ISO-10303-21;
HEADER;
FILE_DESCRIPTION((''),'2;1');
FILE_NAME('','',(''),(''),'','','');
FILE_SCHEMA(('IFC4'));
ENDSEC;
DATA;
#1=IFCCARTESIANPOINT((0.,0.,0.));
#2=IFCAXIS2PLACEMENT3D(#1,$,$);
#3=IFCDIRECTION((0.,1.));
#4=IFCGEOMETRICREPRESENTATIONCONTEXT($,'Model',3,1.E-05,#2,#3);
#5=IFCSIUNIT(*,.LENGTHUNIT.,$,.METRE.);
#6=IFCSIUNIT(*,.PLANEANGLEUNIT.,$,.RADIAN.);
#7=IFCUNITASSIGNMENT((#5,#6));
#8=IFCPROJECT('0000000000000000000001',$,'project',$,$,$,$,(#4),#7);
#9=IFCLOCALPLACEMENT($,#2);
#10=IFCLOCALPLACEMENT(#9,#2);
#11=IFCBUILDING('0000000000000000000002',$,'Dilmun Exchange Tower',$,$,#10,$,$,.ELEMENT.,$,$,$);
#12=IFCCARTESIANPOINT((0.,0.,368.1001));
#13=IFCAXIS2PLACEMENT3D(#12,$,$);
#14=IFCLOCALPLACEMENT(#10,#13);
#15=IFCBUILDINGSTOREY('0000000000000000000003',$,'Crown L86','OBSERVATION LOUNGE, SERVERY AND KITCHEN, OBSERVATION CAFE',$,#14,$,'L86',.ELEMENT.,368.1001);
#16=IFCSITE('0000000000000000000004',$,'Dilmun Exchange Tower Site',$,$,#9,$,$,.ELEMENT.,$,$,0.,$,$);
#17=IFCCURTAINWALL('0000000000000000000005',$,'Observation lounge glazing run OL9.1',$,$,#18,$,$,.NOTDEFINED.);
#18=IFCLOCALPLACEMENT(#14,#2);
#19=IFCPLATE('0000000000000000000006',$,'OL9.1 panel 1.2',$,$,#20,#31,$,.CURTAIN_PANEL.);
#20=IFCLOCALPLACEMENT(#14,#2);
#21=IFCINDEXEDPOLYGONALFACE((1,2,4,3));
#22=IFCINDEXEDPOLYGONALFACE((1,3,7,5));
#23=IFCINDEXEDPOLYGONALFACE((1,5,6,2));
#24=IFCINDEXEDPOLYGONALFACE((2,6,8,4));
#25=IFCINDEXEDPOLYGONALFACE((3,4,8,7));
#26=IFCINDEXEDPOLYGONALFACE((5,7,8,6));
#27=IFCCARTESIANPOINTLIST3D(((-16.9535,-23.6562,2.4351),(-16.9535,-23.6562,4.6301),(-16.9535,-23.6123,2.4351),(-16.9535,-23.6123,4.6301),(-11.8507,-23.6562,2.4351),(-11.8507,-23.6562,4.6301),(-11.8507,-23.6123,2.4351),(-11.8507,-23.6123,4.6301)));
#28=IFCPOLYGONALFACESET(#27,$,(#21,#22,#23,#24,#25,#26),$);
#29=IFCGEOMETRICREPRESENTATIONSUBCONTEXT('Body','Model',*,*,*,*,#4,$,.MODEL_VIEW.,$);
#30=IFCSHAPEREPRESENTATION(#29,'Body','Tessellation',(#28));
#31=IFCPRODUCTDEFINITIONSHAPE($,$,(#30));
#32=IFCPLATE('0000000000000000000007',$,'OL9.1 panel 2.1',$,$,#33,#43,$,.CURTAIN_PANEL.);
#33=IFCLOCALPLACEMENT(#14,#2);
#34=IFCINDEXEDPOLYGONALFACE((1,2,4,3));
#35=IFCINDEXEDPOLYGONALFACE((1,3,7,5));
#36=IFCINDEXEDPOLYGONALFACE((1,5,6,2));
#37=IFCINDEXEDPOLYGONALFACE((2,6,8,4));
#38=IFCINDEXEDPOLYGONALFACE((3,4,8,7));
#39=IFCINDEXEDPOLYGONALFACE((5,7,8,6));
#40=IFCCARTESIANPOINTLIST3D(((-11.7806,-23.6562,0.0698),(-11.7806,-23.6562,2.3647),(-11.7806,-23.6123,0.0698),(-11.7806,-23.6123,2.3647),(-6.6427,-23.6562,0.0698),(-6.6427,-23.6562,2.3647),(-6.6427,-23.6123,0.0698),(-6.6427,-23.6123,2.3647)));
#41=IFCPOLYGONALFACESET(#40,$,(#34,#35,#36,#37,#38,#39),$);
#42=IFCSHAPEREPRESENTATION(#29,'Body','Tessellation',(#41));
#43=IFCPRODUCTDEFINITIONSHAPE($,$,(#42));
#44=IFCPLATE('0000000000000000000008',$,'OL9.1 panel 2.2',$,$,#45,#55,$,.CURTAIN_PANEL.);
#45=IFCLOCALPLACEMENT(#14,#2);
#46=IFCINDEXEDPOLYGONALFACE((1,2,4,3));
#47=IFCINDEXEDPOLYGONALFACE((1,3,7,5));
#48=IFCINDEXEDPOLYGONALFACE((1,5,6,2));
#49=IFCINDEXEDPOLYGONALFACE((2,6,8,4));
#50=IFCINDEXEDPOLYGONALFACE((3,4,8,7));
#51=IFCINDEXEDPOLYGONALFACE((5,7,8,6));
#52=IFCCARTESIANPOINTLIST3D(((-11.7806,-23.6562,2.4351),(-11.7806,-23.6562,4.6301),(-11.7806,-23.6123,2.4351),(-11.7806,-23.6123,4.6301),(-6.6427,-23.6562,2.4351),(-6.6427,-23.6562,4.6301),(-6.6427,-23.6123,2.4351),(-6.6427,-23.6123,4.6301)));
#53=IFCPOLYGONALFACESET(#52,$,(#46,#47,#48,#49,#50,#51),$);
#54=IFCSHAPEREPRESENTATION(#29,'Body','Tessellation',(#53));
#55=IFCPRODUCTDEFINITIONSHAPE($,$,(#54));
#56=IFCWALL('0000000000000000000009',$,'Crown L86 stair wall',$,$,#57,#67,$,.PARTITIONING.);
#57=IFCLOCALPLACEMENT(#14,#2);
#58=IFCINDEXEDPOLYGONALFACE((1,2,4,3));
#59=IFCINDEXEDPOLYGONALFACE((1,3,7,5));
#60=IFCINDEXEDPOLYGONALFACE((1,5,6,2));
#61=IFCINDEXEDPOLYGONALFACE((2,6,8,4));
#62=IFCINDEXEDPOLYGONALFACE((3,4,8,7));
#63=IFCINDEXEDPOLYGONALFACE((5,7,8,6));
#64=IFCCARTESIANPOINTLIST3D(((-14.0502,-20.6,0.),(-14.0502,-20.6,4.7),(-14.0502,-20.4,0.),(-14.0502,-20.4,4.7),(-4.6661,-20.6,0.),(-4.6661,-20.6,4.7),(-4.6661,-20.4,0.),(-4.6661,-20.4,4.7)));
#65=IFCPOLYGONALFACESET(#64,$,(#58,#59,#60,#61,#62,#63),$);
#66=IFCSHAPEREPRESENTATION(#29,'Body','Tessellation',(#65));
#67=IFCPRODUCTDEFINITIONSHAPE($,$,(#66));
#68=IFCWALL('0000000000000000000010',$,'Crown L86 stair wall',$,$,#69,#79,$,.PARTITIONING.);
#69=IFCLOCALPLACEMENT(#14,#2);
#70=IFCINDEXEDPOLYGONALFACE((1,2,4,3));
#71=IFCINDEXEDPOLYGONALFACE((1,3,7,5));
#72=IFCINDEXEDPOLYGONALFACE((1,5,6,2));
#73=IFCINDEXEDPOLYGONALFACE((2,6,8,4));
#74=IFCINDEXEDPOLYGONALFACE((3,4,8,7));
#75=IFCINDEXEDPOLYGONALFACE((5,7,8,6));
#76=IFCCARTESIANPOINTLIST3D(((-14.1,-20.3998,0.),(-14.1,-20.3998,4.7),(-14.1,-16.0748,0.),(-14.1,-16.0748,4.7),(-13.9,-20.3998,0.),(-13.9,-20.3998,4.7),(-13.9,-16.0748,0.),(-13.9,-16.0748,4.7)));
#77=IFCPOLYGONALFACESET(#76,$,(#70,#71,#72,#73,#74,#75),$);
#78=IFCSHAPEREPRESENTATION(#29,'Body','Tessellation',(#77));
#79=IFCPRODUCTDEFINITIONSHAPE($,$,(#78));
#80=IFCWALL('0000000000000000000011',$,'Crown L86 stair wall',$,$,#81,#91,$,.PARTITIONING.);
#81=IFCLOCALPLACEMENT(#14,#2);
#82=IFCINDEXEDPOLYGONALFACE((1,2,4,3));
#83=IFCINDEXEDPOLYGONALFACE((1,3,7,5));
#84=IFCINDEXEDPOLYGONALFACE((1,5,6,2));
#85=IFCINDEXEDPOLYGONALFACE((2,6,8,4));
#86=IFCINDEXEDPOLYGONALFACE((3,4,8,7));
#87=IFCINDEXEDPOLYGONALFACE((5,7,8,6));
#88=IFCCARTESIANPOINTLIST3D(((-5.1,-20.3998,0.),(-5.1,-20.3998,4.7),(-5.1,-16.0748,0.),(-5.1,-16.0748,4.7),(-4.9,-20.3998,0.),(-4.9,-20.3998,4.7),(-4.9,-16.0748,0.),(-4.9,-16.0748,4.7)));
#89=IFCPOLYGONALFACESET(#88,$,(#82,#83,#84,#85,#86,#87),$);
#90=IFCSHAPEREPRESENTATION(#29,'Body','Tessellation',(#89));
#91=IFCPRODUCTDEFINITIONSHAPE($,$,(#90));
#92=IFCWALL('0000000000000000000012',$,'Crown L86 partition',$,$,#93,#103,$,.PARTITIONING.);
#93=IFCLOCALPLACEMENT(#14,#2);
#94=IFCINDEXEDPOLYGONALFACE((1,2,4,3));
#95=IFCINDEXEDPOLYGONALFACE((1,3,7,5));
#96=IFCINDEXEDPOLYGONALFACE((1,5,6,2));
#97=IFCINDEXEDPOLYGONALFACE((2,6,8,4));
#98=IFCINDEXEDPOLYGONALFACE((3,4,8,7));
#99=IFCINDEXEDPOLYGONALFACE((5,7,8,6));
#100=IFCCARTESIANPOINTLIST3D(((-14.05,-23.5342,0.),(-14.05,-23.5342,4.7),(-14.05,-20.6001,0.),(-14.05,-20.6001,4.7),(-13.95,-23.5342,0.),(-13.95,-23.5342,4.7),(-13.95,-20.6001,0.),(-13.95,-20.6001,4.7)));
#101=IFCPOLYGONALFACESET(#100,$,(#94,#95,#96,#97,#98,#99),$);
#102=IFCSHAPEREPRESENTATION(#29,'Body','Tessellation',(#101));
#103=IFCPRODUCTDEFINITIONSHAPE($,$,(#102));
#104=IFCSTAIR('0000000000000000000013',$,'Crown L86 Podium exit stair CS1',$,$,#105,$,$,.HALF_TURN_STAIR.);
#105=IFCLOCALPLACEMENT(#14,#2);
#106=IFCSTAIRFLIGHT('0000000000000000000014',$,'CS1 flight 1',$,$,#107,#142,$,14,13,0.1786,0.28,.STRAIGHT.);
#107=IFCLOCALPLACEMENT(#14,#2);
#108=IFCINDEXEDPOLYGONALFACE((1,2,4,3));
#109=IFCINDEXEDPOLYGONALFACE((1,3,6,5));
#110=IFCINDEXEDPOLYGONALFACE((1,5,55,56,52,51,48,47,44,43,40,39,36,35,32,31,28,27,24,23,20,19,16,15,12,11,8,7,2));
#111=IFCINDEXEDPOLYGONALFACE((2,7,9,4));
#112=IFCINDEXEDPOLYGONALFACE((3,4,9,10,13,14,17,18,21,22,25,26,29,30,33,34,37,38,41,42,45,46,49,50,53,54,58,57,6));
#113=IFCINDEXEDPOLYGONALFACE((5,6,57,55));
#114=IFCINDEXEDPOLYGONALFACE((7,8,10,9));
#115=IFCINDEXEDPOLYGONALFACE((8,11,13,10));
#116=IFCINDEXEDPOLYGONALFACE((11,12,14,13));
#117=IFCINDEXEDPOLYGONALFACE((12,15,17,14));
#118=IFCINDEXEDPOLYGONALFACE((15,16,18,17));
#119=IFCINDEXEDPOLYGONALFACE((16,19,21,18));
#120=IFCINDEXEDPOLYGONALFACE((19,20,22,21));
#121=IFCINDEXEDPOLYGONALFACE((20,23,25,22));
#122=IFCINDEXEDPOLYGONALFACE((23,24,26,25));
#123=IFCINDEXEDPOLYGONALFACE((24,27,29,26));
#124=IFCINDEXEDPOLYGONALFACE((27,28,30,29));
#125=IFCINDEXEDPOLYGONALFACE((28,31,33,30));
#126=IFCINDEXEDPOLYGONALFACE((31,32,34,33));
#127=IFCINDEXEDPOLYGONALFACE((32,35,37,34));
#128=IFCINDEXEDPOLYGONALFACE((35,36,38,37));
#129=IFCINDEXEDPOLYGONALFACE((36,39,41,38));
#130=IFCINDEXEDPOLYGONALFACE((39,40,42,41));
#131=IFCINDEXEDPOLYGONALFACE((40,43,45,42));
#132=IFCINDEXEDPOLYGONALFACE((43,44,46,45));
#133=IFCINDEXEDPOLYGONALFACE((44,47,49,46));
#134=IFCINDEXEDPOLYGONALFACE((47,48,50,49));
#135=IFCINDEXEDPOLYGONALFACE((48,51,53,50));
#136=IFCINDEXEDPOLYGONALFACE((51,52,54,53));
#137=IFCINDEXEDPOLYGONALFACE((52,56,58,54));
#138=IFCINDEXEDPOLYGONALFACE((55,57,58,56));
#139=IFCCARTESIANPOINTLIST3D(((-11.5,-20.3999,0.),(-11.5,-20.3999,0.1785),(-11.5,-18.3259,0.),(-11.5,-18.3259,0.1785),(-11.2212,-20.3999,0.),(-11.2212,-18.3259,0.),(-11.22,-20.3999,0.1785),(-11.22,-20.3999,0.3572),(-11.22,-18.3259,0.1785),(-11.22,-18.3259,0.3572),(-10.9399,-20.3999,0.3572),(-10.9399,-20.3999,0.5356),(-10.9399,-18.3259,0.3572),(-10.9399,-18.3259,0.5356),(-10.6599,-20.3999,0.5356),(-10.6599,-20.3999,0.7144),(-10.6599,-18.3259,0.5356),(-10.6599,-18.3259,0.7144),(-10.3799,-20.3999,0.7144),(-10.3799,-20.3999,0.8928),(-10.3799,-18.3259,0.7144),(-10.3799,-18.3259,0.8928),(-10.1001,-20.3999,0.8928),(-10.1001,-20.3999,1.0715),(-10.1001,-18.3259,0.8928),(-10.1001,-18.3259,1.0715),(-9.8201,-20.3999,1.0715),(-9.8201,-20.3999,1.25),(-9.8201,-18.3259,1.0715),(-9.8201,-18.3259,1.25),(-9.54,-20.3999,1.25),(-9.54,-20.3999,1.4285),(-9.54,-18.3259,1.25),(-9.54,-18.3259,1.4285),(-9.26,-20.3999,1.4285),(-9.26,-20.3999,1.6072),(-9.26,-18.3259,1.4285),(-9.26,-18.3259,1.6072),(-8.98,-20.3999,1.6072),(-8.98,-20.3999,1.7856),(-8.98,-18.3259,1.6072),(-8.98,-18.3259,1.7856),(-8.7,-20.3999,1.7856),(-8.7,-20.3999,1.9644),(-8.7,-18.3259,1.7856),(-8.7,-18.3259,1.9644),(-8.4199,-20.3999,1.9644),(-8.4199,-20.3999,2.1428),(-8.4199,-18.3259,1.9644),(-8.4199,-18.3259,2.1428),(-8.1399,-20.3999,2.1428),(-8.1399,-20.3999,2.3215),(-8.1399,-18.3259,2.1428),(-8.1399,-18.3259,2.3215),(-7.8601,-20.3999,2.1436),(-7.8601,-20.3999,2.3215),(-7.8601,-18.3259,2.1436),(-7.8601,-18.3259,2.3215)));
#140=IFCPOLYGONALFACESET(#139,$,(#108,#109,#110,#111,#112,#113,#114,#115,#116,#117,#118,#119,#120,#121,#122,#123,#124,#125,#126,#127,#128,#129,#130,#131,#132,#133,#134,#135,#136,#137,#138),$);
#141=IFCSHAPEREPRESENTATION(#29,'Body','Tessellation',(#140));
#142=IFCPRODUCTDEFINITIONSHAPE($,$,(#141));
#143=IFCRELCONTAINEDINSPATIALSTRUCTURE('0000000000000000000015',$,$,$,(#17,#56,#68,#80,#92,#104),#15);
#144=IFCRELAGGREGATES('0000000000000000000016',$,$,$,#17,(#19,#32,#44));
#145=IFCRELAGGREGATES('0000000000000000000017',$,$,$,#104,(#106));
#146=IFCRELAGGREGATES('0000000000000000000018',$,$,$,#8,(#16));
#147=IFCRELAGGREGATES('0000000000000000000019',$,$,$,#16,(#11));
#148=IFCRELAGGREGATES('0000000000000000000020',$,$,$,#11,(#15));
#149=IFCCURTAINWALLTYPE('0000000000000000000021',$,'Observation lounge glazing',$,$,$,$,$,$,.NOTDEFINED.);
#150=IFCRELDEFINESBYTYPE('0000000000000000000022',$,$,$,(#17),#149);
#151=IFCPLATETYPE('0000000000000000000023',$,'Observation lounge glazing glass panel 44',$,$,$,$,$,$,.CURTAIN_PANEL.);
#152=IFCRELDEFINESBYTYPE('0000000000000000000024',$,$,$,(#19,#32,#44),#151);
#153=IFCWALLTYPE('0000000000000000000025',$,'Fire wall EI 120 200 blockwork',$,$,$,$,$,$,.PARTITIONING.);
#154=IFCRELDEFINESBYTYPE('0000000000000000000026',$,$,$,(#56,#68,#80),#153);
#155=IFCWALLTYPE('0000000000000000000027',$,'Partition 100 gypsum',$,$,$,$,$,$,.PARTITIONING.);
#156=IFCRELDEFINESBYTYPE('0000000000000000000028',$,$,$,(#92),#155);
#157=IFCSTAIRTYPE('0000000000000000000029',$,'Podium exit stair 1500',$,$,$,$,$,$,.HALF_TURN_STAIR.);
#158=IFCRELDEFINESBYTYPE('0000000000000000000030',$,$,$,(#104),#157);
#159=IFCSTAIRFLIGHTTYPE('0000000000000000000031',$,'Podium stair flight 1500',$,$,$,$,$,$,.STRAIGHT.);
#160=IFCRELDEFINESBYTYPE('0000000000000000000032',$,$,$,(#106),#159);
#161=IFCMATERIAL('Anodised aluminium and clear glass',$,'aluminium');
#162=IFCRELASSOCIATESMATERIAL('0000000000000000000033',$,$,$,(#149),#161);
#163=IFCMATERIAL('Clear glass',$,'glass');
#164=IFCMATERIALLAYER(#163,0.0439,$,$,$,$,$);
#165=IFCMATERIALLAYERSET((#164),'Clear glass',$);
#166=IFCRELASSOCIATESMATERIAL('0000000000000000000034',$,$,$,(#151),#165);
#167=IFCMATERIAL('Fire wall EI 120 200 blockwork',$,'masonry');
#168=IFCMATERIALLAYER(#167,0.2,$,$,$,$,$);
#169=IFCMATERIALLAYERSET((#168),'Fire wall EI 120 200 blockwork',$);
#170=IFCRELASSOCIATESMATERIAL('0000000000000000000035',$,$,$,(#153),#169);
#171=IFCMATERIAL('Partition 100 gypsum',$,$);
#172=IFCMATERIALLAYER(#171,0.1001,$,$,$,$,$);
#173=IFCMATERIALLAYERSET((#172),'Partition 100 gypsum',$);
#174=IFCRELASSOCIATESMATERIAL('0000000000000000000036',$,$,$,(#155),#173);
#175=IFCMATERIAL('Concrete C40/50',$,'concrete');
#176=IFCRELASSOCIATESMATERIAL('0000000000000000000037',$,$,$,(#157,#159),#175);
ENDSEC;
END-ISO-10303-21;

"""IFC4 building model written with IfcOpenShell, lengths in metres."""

from ifc_helpers import new_model, si_unit, direction, frame, frame_2d, origin, origin_2d, place, context, subcontext, project, spatial, polyline, rectangle, outline, extrude, material, layer, layer_set, type_object, element, aggregate, save


model = new_model("IFC4")

# Units and contexts
model_context = context("Model", 3, precision=1e-05, world=origin(), true_north=direction((0.0, 1.0)))
body_context = subcontext(model_context, "Body", "Model", "MODEL_VIEW")
ifc_project = project(units=[si_unit("LENGTHUNIT", "METRE"), si_unit("PLANEANGLEUNIT", "RADIAN")], contexts=[model_context])

# Site, building, storey
site_placement = place(None, origin())
site = spatial("IfcSite", under=ifc_project, at=site_placement, Name="Dilmun Exchange Tower Site", CompositionType="ELEMENT", RefElevation=0.0)
building_placement = place(site_placement, origin())
building = spatial("IfcBuilding", under=site, at=building_placement, Name="Dilmun Exchange Tower", CompositionType="ELEMENT")
storey_placement = place(building_placement, frame((0.0, 0.0, 368.1001)))
storey = spatial("IfcBuildingStorey", under=building, at=storey_placement, Name="Crown L86", Description="OBSERVATION LOUNGE, SERVERY AND KITCHEN, OBSERVATION CAFE", LongName="L86", CompositionType="ELEMENT", Elevation=368.1001)

# Curtain wall
ifc_material_1 = material(Name="Anodised aluminium and clear glass", Category="aluminium")
curtain_wall_type = type_object("IfcCurtainWallType", Name="Observation lounge glazing", PredefinedType="NOTDEFINED", material=ifc_material_1)
curtain_wall_placement = place(storey_placement, origin())
curtain_wall = element("IfcCurtainWall", 1, at=curtain_wall_placement, inside=storey, type_object=curtain_wall_type, Name="Observation lounge glazing run OL9.1", PredefinedType="NOTDEFINED")

# Plates
ifc_material_2 = material(Name="Clear glass", Category="glass")
ifc_layer_1 = layer(ifc_material_2, 0.0439)
ifc_layer_set_1 = layer_set([ifc_layer_1], Name="Clear glass")
plate_type = type_object("IfcPlateType", Name="Observation lounge glazing glass panel 44", PredefinedType="CURTAIN_PANEL", material=ifc_layer_set_1)
plate_1_placement = place(storey_placement, frame((-14.4021, -23.6343, 2.4351), z_axis=(0.0, 0.0, 1.0), x_axis=(1.0, 0.0, 0.0)))
plate_1 = element("IfcPlate", 2, at=plate_1_placement, type_object=plate_type, Name="OL9.1 panel 1.2", PredefinedType="CURTAIN_PANEL", context=body_context, shape_type="SweptSolid", body=[
    extrude(rectangle(XDim=5.1028, YDim=0.0439, at=origin_2d()), origin(), (0.0, 0.0, 1.0), 2.1951),
])
plate_2_placement = place(storey_placement, frame((-9.2117, -23.6343, 0.0698), z_axis=(0.0, 0.0, 1.0), x_axis=(1.0, 0.0, 0.0)))
plate_2 = element("IfcPlate", 3, at=plate_2_placement, type_object=plate_type, Name="OL9.1 panel 2.1", PredefinedType="CURTAIN_PANEL", context=body_context, shape_type="SweptSolid", body=[
    extrude(rectangle(XDim=5.1379, YDim=0.0439, at=origin_2d()), origin(), (0.0, 0.0, 1.0), 2.2949),
])
plate_3_placement = place(storey_placement, frame((-9.2117, -23.6343, 2.4351), z_axis=(0.0, 0.0, 1.0), x_axis=(1.0, 0.0, 0.0)))
plate_3 = element("IfcPlate", 4, at=plate_3_placement, type_object=plate_type, Name="OL9.1 panel 2.2", PredefinedType="CURTAIN_PANEL", context=body_context, shape_type="SweptSolid", body=[
    extrude(rectangle(XDim=5.1379, YDim=0.0439, at=origin_2d()), origin(), (0.0, 0.0, 1.0), 2.1951),
])
aggregate(curtain_wall, [plate_1, plate_2, plate_3])

# Walls
ifc_material_3 = material(Name="Fire wall EI 120 200 blockwork", Category="masonry")
ifc_layer_2 = layer(ifc_material_3, 0.2)
ifc_layer_set_2 = layer_set([ifc_layer_2], Name="Fire wall EI 120 200 blockwork")
wall_type_1 = type_object("IfcWallType", Name="Fire wall EI 120 200 blockwork", PredefinedType="PARTITIONING", material=ifc_layer_set_2)
wall_1_placement = place(storey_placement, frame((-14.05, -20.5, 0.0), z_axis=(0.0, 0.0, 1.0), x_axis=(1.0, 0.0, 0.0)))
element("IfcWall", 5, at=wall_1_placement, inside=storey, type_object=wall_type_1, Name="Crown L86 stair wall", PredefinedType="PARTITIONING", context=body_context, shape_type="SweptSolid", body=[
    extrude(rectangle(XDim=9.384, YDim=0.2, at=frame_2d((4.6919, 0.0))), origin(), (0.0, 0.0, 1.0), 4.7),
])
for number, where, z_axis, x_axis, name in (
    (6, (-14.0, -20.3999, 0.0), (0.0, 0.0, 1.0), (0.0, 1.0, 0.0), "Crown L86 stair wall"),
    (7, (-5.0, -20.3999, 0.0), (0.0, 0.0, 1.0), (0.0, 1.0, 0.0), "Crown L86 stair wall"),
):
    element("IfcWall", number, at=place(storey_placement, frame(where, z_axis=z_axis, x_axis=x_axis)), inside=storey, type_object=wall_type_1, Name=name, PredefinedType="PARTITIONING", context=body_context, shape_type="SweptSolid", body=[
        extrude(rectangle(XDim=4.325, YDim=0.2, at=frame_2d((2.1626, 0.0))), origin(), (0.0, 0.0, 1.0), 4.7),
    ])
ifc_material_4 = material(Name="Partition 100 gypsum")
ifc_layer_3 = layer(ifc_material_4, 0.1001)
ifc_layer_set_3 = layer_set([ifc_layer_3], Name="Partition 100 gypsum")
wall_type_2 = type_object("IfcWallType", Name="Partition 100 gypsum", PredefinedType="PARTITIONING", material=ifc_layer_set_3)
wall_2_placement = place(storey_placement, frame((-14.0, -23.5342, 0.0), z_axis=(0.0, 0.0, 1.0), x_axis=(0.0, 1.0, 0.0)))
element("IfcWall", 8, at=wall_2_placement, inside=storey, type_object=wall_type_2, Name="Crown L86 partition", PredefinedType="PARTITIONING", context=body_context, shape_type="SweptSolid", body=[
    extrude(rectangle(XDim=2.9341, YDim=0.1001, at=frame_2d((1.467, 0.0))), origin(), (0.0, 0.0, 1.0), 4.7),
])

# Stair, stair flight
ifc_material_5 = material(Name="Concrete C40/50", Category="concrete")
stair_type = type_object("IfcStairType", Name="Podium exit stair 1500", PredefinedType="HALF_TURN_STAIR", material=ifc_material_5)
stair_placement = place(storey_placement, origin())
stair = element("IfcStair", 9, at=stair_placement, inside=storey, type_object=stair_type, Name="Crown L86 Podium exit stair CS1", PredefinedType="HALF_TURN_STAIR")
stair_flight_type = type_object("IfcStairFlightType", Name="Podium stair flight 1500", PredefinedType="STRAIGHT", material=ifc_material_5)
stair_flight_placement = place(storey_placement, frame((-11.5, -19.363, 0.0), z_axis=(0.0, 0.0, 1.0), x_axis=(1.0, 0.0, 0.0)))
stair_flight = element("IfcStairFlight", 10, at=stair_flight_placement, type_object=stair_flight_type, Name="CS1 flight 1", NumberOfRisers=14, NumberOfTreads=13, PredefinedType="STRAIGHT", RiserHeight=0.1786, TreadLength=0.28, context=body_context, shape_type="SweptSolid", body=[
    extrude(outline(polyline([(0.0, 0.0), (0.0, 0.1785), (0.28, 0.1785), (0.28, 0.3572), (0.5601, 0.3572), (0.5601, 0.5356), (0.8401, 0.5356), (0.8401, 0.7144), (1.1201, 0.7144), (1.1201, 0.8928), (1.3999, 0.8928), (1.3999, 1.0715), (1.6799, 1.0715), (1.6799, 1.25), (1.96, 1.25), (1.96, 1.4285), (2.24, 1.4285), (2.24, 1.6072), (2.52, 1.6072), (2.52, 1.7856), (2.8, 1.7856), (2.8, 1.9644), (3.0801, 1.9644), (3.0801, 2.1428), (3.3601, 2.1428), (3.3601, 2.3215), (3.6399, 2.3215), (3.6399, 2.5), (3.6399, 2.1436), (0.2788, 0.0), (0.0, 0.0)])), frame((0.0, 1.0371, 0.0), z_axis=(0.0, -1.0, 0.0), x_axis=(1.0, 0.0, 0.0)), (0.0, 0.0, 1.0), 2.074),
])
aggregate(stair, [stair_flight])

save(model, "model.ifc")
